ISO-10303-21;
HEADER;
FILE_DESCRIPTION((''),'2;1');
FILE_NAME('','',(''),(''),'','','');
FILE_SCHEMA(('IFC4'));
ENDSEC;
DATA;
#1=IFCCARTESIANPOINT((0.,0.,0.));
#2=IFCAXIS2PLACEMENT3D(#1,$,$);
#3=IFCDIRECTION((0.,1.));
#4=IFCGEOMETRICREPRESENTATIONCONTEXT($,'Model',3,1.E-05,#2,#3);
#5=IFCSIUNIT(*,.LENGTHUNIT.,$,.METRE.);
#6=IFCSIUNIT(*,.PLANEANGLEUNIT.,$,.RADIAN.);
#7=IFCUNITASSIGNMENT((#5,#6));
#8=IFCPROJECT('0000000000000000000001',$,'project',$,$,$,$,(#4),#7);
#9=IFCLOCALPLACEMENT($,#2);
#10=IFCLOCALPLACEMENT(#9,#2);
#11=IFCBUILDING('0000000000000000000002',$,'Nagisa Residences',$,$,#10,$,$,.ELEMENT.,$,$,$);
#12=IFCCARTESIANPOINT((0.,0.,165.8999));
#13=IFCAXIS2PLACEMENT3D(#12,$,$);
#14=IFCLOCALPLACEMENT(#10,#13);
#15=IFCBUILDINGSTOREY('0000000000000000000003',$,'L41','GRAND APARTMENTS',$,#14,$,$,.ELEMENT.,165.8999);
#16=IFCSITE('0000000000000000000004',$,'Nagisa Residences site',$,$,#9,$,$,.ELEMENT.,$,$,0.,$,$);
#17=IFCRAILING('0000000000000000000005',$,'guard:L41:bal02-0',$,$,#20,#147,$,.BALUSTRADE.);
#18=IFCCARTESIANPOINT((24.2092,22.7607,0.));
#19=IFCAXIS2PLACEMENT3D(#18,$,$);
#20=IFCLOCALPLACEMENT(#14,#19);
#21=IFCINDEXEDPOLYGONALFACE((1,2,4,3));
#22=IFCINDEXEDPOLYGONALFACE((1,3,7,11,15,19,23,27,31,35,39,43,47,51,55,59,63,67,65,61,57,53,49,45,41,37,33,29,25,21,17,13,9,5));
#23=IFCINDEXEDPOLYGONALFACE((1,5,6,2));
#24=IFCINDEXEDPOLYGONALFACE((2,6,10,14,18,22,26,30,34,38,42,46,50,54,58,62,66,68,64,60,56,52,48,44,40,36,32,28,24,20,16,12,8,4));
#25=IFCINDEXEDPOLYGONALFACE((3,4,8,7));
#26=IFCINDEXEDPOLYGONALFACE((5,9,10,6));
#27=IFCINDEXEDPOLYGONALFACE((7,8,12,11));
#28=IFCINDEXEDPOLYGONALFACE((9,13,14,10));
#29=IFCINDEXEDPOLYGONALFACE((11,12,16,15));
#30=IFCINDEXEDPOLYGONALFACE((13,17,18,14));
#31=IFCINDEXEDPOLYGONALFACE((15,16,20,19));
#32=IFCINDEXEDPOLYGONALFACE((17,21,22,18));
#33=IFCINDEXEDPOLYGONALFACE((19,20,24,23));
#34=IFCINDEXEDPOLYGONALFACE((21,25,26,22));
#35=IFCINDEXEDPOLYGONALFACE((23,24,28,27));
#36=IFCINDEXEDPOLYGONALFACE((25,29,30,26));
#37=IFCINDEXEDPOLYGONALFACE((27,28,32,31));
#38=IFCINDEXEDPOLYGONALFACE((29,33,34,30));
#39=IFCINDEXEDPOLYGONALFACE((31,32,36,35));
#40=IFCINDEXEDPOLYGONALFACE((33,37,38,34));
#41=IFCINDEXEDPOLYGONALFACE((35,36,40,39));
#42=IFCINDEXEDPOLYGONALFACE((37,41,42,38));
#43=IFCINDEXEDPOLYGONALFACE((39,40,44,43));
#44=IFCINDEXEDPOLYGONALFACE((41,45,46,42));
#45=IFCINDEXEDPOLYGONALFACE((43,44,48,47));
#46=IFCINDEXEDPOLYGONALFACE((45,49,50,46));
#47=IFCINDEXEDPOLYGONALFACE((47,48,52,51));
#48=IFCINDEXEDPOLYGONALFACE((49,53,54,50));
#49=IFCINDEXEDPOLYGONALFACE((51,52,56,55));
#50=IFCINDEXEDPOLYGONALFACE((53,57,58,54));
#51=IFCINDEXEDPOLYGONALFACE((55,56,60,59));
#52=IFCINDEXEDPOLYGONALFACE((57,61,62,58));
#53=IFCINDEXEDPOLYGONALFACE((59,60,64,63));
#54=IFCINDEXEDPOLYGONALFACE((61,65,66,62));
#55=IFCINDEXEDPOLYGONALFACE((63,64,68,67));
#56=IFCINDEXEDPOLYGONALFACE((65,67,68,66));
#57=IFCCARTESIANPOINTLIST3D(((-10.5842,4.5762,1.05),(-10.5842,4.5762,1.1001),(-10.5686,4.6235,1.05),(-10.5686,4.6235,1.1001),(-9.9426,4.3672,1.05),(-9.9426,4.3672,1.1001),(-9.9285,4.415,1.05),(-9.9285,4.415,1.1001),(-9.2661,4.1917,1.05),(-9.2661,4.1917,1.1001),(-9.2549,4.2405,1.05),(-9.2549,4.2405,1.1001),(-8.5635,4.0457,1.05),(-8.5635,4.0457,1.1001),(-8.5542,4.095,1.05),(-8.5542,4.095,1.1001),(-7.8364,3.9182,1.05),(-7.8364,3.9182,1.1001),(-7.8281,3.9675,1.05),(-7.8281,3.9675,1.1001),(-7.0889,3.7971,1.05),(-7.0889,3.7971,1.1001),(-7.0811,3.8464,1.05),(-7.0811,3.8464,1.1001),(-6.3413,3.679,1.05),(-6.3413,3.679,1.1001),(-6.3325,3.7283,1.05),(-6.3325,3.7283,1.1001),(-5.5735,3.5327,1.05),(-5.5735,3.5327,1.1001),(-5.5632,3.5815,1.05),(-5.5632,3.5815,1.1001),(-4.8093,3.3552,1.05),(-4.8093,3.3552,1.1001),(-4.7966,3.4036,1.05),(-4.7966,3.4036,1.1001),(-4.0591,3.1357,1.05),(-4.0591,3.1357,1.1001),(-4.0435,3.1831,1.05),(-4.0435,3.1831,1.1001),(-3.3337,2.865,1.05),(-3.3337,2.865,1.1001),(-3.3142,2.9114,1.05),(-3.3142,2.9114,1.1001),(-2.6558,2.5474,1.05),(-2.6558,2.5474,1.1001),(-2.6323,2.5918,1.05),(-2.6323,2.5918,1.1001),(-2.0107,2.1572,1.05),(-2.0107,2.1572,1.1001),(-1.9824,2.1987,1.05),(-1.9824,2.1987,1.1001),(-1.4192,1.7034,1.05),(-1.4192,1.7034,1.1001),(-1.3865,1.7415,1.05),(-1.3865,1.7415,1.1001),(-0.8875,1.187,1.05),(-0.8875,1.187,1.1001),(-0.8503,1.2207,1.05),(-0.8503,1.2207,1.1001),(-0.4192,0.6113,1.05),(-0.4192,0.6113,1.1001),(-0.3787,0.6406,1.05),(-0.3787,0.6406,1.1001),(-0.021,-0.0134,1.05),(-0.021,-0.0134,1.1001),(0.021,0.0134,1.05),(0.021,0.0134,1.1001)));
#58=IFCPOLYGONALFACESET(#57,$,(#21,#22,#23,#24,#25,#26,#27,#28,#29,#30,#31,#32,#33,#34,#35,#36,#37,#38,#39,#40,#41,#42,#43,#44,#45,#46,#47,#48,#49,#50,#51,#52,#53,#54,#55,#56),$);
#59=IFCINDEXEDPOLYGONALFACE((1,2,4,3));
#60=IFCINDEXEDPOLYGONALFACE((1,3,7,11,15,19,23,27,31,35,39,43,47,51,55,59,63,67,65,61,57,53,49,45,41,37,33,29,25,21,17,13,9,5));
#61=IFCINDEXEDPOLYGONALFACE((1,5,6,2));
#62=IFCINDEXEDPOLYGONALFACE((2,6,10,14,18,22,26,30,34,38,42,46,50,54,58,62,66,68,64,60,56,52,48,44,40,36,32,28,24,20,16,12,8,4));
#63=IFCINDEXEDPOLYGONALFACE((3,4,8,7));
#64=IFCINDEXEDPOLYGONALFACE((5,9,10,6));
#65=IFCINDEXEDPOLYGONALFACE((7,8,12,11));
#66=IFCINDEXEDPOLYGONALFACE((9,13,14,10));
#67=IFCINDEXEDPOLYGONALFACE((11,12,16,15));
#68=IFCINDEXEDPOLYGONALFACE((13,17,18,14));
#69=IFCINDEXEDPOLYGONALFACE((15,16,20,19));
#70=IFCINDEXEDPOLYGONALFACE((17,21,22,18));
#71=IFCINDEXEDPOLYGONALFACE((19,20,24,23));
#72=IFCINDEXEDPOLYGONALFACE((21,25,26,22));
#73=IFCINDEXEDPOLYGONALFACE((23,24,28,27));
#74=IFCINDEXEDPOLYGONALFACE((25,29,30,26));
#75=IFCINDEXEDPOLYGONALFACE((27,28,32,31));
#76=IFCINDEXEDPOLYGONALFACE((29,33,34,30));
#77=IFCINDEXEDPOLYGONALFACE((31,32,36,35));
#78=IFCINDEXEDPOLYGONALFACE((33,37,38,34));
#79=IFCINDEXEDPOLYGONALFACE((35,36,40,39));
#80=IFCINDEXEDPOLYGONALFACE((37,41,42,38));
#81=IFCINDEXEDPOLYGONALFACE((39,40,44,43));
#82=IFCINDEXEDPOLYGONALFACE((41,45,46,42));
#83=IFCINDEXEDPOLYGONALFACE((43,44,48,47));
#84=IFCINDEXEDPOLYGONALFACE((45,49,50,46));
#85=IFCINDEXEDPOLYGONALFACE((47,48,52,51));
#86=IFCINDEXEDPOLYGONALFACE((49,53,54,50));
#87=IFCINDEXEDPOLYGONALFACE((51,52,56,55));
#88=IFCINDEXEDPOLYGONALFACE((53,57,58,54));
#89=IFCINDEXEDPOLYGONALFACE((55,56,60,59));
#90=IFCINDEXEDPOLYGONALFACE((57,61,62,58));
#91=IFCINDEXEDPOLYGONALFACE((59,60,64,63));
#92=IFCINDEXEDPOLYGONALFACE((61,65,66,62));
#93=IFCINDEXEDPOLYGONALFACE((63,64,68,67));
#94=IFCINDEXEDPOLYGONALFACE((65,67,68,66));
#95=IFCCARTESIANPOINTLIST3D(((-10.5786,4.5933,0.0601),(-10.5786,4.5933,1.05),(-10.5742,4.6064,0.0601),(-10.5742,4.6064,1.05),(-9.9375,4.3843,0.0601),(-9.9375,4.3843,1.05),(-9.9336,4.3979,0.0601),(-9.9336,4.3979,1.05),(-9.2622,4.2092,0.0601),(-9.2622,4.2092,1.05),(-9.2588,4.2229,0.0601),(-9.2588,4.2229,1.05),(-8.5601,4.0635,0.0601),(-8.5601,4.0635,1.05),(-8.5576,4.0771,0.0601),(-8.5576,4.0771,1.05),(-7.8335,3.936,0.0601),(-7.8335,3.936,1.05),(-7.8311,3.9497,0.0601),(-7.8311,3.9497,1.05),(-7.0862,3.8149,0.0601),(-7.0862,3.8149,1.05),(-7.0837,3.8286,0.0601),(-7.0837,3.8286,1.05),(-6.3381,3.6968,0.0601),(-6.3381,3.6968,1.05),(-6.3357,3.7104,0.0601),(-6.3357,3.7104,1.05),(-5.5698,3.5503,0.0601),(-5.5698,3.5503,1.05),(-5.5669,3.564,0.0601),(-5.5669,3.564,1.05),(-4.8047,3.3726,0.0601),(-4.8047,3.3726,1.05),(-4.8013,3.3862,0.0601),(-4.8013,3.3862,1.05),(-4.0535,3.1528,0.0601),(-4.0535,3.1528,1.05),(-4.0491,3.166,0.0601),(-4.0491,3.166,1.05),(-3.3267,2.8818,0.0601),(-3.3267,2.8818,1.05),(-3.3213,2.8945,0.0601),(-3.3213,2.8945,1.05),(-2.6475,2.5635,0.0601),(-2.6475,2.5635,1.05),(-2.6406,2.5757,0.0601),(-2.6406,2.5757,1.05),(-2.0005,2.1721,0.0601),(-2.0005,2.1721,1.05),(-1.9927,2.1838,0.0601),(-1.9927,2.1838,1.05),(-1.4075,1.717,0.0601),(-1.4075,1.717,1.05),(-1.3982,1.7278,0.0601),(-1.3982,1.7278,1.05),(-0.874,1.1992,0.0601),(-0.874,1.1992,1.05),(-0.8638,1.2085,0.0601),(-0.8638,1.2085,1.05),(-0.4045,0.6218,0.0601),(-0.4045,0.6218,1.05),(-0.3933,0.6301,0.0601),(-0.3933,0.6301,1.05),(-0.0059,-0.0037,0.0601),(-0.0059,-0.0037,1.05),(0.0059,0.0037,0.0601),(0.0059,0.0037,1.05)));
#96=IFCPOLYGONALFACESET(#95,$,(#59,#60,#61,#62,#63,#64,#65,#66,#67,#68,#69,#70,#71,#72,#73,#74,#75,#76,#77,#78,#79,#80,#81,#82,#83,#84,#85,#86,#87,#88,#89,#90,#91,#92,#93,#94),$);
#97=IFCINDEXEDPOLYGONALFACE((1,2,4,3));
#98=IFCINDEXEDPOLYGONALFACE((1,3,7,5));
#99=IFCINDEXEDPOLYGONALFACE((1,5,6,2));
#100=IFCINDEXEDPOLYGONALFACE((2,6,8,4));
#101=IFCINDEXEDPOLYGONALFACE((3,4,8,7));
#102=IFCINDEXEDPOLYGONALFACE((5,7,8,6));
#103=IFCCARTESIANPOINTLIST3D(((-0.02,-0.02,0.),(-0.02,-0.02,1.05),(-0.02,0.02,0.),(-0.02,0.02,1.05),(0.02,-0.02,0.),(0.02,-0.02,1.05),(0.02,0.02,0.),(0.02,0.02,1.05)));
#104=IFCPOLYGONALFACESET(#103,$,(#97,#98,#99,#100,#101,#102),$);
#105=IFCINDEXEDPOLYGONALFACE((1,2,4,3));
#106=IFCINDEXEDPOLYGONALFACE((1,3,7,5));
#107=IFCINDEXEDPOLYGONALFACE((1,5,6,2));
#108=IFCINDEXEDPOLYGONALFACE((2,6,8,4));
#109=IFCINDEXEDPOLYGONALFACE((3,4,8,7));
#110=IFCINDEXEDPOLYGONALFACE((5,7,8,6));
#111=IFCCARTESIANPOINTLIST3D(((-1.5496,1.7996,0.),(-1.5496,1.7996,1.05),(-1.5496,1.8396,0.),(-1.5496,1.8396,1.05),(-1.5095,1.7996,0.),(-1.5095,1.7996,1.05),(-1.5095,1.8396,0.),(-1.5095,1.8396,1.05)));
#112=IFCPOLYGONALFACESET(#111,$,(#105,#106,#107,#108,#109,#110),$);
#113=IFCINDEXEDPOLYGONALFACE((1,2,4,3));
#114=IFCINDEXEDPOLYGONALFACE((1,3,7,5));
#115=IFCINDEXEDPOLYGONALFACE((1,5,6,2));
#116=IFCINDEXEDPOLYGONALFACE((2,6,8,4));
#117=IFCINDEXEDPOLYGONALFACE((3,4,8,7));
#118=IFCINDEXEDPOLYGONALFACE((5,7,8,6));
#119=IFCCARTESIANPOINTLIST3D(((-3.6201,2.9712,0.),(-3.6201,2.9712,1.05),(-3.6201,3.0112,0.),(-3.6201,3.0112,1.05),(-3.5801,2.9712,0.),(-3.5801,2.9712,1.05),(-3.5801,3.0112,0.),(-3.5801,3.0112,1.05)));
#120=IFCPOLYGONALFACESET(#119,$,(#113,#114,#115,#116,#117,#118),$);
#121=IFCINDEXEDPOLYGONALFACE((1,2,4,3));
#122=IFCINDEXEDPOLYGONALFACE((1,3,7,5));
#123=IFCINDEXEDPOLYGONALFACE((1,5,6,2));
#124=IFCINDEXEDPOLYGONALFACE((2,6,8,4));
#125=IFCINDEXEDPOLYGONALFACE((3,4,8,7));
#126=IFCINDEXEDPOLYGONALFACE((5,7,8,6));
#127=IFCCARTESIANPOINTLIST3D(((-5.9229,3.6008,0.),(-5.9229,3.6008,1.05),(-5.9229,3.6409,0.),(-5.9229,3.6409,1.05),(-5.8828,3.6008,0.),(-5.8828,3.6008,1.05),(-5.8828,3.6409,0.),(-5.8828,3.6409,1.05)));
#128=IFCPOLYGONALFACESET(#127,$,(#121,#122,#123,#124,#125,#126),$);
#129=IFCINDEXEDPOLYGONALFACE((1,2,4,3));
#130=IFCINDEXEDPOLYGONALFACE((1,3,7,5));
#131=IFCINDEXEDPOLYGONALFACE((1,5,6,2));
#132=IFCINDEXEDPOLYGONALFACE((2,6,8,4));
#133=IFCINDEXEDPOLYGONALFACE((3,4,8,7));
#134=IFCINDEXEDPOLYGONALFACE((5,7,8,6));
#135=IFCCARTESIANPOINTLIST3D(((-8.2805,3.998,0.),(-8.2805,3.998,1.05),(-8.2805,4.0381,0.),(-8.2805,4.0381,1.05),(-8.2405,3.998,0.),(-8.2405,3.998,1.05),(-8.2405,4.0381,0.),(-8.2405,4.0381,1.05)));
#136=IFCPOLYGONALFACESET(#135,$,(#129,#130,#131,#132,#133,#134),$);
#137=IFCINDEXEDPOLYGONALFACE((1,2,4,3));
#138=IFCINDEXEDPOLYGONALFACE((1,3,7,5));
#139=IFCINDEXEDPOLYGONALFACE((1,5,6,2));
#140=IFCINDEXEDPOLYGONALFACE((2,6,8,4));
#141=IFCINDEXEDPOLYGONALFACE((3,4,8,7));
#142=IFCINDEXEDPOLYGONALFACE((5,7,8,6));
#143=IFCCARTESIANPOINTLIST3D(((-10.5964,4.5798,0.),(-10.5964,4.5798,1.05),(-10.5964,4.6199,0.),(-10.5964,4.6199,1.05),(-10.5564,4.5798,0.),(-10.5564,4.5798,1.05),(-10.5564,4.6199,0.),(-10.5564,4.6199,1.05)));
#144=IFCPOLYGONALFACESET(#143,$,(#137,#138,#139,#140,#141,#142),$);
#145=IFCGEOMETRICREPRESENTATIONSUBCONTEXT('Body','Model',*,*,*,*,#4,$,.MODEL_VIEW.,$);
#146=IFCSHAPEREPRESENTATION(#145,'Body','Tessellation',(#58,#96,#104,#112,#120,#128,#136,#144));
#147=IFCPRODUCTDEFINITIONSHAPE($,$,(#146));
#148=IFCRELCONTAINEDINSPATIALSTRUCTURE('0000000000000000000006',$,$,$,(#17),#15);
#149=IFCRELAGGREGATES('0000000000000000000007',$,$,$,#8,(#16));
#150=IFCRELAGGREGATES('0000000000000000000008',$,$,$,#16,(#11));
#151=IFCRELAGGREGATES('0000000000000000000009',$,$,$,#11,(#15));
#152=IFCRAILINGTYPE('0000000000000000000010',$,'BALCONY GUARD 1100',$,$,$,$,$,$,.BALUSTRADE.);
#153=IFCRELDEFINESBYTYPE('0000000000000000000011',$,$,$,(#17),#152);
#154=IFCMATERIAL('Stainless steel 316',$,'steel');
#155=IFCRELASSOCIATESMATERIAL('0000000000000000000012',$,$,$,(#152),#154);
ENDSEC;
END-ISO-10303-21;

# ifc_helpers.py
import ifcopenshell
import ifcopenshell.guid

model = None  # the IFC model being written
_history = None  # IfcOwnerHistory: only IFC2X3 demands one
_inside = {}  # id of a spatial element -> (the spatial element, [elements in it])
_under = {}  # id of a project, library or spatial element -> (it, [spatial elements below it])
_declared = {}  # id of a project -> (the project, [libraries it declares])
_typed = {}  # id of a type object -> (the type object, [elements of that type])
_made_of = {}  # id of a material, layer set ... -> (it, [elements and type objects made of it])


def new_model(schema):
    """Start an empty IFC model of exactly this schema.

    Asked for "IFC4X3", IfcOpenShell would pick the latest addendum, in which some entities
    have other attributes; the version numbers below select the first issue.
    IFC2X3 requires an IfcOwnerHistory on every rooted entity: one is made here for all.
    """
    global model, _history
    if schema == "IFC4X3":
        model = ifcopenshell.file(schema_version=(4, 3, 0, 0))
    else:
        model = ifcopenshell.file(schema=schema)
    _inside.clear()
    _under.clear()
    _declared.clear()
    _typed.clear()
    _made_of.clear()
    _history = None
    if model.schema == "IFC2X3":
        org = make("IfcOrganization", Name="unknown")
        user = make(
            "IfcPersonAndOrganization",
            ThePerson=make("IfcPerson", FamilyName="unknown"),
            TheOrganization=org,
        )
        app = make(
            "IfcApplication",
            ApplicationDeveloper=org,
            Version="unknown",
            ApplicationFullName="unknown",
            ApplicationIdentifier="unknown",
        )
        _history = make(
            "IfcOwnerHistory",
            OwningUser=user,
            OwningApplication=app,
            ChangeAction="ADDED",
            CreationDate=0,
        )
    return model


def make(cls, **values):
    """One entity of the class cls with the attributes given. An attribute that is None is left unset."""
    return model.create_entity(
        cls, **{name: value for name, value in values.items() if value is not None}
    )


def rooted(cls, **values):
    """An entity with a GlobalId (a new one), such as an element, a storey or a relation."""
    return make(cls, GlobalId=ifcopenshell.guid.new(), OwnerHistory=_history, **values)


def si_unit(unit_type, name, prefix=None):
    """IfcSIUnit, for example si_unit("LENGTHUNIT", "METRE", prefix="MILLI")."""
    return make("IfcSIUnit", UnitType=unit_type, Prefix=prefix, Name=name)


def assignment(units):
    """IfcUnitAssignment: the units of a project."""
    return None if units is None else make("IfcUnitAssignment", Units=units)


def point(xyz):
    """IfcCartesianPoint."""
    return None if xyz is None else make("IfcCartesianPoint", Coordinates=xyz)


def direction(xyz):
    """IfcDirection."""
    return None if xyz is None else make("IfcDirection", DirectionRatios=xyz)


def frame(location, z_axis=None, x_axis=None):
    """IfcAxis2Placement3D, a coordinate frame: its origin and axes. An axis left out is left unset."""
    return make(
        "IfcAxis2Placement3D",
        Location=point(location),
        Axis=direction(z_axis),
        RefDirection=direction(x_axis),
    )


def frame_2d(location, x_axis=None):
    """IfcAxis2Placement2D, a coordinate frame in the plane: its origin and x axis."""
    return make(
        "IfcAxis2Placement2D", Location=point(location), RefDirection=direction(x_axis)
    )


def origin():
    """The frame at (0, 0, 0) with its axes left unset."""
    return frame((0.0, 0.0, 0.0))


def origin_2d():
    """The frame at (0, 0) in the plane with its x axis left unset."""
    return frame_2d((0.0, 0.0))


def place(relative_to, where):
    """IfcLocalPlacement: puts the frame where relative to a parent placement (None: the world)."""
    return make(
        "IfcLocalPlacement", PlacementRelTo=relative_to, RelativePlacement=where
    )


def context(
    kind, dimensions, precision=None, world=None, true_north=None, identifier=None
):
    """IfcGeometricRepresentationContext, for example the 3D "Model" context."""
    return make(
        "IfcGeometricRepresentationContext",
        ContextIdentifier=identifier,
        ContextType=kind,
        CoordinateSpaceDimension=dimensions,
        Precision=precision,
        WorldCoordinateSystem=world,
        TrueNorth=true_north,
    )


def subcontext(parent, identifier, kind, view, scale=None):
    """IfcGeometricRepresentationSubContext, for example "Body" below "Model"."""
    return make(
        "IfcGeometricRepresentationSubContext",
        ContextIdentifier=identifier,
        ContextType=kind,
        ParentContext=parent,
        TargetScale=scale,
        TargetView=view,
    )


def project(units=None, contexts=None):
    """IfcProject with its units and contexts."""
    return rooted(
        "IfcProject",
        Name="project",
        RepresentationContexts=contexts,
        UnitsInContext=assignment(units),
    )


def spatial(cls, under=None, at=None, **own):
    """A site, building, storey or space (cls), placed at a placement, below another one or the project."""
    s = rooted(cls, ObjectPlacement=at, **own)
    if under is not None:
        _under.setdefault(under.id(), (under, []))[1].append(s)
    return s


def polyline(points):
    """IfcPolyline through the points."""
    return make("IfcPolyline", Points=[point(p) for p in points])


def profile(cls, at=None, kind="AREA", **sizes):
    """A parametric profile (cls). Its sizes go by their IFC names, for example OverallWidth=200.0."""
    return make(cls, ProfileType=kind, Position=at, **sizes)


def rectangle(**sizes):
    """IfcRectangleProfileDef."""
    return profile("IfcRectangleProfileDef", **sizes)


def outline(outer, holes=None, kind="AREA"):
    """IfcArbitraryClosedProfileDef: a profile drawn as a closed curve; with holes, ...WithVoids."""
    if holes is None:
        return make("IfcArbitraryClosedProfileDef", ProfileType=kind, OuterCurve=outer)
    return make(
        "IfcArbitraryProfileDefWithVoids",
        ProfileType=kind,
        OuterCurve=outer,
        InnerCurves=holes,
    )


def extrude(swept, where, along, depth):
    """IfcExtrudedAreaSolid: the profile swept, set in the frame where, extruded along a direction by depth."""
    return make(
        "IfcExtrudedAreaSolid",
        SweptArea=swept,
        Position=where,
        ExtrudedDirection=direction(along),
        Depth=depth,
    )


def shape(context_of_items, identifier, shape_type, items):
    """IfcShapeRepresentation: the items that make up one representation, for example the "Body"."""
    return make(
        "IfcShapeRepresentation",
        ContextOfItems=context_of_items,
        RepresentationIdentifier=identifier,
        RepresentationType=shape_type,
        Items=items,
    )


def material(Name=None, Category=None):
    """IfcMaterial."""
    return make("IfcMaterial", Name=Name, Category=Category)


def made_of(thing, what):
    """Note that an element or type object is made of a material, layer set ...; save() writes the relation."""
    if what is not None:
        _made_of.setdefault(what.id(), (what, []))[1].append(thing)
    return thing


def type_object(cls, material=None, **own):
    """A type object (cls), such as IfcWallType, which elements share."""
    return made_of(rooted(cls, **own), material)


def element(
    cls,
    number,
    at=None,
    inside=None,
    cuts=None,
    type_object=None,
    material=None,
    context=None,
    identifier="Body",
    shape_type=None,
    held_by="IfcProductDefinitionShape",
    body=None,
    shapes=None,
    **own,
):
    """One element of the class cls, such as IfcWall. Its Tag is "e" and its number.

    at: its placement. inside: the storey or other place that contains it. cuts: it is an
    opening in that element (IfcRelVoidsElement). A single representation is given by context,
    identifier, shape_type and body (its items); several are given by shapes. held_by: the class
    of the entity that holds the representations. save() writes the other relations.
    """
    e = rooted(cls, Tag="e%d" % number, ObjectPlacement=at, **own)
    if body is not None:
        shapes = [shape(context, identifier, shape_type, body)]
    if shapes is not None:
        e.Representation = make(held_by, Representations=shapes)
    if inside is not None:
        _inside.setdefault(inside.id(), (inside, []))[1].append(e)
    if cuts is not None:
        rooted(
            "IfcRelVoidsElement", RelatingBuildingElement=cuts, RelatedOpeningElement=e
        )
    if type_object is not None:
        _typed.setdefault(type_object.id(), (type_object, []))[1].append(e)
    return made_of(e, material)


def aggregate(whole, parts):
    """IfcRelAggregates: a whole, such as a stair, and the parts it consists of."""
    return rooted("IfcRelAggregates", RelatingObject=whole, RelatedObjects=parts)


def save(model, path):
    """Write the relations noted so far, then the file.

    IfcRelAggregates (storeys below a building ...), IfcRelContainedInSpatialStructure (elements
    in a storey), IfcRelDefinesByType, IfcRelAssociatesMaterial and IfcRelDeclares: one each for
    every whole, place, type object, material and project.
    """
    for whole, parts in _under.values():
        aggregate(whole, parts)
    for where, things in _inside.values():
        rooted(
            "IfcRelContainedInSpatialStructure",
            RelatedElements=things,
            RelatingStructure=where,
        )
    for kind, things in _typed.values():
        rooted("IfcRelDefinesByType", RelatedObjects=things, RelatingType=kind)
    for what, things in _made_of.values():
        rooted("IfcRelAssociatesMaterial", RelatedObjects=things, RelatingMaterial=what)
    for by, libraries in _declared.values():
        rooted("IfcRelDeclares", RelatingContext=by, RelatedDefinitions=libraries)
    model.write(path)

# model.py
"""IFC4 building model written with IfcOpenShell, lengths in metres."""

from ifc_helpers import new_model, si_unit, direction, frame, origin, origin_2d, place, context, subcontext, project, spatial, polyline, rectangle, outline, extrude, material, type_object, element, save


model = new_model("IFC4")

# Units and contexts
model_context = context("Model", 3, precision=1e-05, world=origin(), true_north=direction((0.0, 1.0)))
body_context = subcontext(model_context, "Body", "Model", "MODEL_VIEW")
ifc_project = project(units=[si_unit("LENGTHUNIT", "METRE"), si_unit("PLANEANGLEUNIT", "RADIAN")], contexts=[model_context])

# Site, building, storey
site_placement = place(None, origin())
site = spatial("IfcSite", under=ifc_project, at=site_placement, Name="Nagisa Residences site", CompositionType="ELEMENT", RefElevation=0.0)
building_placement = place(site_placement, origin())
building = spatial("IfcBuilding", under=site, at=building_placement, Name="Nagisa Residences", CompositionType="ELEMENT")
storey_placement = place(building_placement, frame((0.0, 0.0, 165.8999)))
storey = spatial("IfcBuildingStorey", under=building, at=storey_placement, Name="L41", Description="GRAND APARTMENTS", CompositionType="ELEMENT", Elevation=165.8999)

# Railing
ifc_material_1 = material(Name="Stainless steel 316", Category="steel")
railing_type = type_object("IfcRailingType", Name="BALCONY GUARD 1100", PredefinedType="BALUSTRADE", material=ifc_material_1)
railing_1_placement = place(storey_placement, frame((24.2092, 22.7607, 0.0)))
element("IfcRailing", 1, at=railing_1_placement, inside=storey, type_object=railing_type, Name="guard:L41:bal02-0", PredefinedType="BALUSTRADE", context=body_context, shape_type="SweptSolid", body=[
    extrude(outline(polyline([(-0.4192, 0.6113), (-0.021, -0.0134), (0.021, 0.0134), (-0.3787, 0.6406), (-0.8503, 1.2207), (-1.3865, 1.7415), (-1.9824, 2.1987), (-2.6323, 2.5918), (-3.3142, 2.9114), (-4.0435, 3.1831), (-4.7966, 3.4036), (-5.5632, 3.5815), (-6.3325, 3.7283), (-7.0811, 3.8464), (-7.8281, 3.9675), (-8.5542, 4.095), (-9.2549, 4.2405), (-9.9285, 4.415), (-10.5686, 4.6235), (-10.5842, 4.5762), (-9.9426, 4.3672), (-9.2661, 4.1917), (-8.5635, 4.0457), (-7.8364, 3.9182), (-7.0889, 3.7971), (-6.3413, 3.679), (-5.5735, 3.5327), (-4.8093, 3.3552), (-4.0591, 3.1357), (-3.3337, 2.865), (-2.6558, 2.5474), (-2.0107, 2.1572), (-1.4192, 1.7034), (-0.8875, 1.187), (-0.4192, 0.6113)])), frame((0.0, 0.0, 1.05)), (0.0, 0.0, 1.0), 0.05),
    extrude(outline(polyline([(-0.4045, 0.6218), (-0.0059, -0.0037), (0.0059, 0.0037), (-0.3933, 0.6301), (-0.8638, 1.2085), (-1.3982, 1.7278), (-1.9927, 2.1838), (-2.6406, 2.5757), (-3.3213, 2.8945), (-4.0491, 3.166), (-4.8013, 3.3862), (-5.5669, 3.564), (-6.3357, 3.7104), (-7.0837, 3.8286), (-7.8311, 3.9497), (-8.5576, 4.0771), (-9.2588, 4.2229), (-9.9336, 4.3979), (-10.5742, 4.6064), (-10.5786, 4.5933), (-9.9375, 4.3843), (-9.2622, 4.2092), (-8.5601, 4.0635), (-7.8335, 3.936), (-7.0862, 3.8149), (-6.3381, 3.6968), (-5.5698, 3.5503), (-4.8047, 3.3726), (-4.0535, 3.1528), (-3.3267, 2.8818), (-2.6475, 2.5635), (-2.0005, 2.1721), (-1.4075, 1.717), (-0.874, 1.1992), (-0.4045, 0.6218)])), frame((0.0, 0.0, 0.0601)), (0.0, 0.0, 1.0), 0.99),
    extrude(rectangle(XDim=0.04, YDim=0.04, at=origin_2d()), origin(), (0.0, 0.0, 1.0), 1.05),
    extrude(rectangle(XDim=0.04, YDim=0.04, at=origin_2d()), frame((-1.5295, 1.8196, 0.0)), (0.0, 0.0, 1.0), 1.05),
    extrude(rectangle(XDim=0.04, YDim=0.04, at=origin_2d()), frame((-3.6001, 2.9912, 0.0)), (0.0, 0.0, 1.0), 1.05),
    extrude(rectangle(XDim=0.04, YDim=0.04, at=origin_2d()), frame((-5.9028, 3.6208, 0.0)), (0.0, 0.0, 1.0), 1.05),
    extrude(rectangle(XDim=0.04, YDim=0.04, at=origin_2d()), frame((-8.2605, 4.0181, 0.0)), (0.0, 0.0, 1.0), 1.05),
    extrude(rectangle(XDim=0.04, YDim=0.04, at=origin_2d()), frame((-10.5764, 4.5999, 0.0)), (0.0, 0.0, 1.0), 1.05),
])

save(model, "model.ifc")
